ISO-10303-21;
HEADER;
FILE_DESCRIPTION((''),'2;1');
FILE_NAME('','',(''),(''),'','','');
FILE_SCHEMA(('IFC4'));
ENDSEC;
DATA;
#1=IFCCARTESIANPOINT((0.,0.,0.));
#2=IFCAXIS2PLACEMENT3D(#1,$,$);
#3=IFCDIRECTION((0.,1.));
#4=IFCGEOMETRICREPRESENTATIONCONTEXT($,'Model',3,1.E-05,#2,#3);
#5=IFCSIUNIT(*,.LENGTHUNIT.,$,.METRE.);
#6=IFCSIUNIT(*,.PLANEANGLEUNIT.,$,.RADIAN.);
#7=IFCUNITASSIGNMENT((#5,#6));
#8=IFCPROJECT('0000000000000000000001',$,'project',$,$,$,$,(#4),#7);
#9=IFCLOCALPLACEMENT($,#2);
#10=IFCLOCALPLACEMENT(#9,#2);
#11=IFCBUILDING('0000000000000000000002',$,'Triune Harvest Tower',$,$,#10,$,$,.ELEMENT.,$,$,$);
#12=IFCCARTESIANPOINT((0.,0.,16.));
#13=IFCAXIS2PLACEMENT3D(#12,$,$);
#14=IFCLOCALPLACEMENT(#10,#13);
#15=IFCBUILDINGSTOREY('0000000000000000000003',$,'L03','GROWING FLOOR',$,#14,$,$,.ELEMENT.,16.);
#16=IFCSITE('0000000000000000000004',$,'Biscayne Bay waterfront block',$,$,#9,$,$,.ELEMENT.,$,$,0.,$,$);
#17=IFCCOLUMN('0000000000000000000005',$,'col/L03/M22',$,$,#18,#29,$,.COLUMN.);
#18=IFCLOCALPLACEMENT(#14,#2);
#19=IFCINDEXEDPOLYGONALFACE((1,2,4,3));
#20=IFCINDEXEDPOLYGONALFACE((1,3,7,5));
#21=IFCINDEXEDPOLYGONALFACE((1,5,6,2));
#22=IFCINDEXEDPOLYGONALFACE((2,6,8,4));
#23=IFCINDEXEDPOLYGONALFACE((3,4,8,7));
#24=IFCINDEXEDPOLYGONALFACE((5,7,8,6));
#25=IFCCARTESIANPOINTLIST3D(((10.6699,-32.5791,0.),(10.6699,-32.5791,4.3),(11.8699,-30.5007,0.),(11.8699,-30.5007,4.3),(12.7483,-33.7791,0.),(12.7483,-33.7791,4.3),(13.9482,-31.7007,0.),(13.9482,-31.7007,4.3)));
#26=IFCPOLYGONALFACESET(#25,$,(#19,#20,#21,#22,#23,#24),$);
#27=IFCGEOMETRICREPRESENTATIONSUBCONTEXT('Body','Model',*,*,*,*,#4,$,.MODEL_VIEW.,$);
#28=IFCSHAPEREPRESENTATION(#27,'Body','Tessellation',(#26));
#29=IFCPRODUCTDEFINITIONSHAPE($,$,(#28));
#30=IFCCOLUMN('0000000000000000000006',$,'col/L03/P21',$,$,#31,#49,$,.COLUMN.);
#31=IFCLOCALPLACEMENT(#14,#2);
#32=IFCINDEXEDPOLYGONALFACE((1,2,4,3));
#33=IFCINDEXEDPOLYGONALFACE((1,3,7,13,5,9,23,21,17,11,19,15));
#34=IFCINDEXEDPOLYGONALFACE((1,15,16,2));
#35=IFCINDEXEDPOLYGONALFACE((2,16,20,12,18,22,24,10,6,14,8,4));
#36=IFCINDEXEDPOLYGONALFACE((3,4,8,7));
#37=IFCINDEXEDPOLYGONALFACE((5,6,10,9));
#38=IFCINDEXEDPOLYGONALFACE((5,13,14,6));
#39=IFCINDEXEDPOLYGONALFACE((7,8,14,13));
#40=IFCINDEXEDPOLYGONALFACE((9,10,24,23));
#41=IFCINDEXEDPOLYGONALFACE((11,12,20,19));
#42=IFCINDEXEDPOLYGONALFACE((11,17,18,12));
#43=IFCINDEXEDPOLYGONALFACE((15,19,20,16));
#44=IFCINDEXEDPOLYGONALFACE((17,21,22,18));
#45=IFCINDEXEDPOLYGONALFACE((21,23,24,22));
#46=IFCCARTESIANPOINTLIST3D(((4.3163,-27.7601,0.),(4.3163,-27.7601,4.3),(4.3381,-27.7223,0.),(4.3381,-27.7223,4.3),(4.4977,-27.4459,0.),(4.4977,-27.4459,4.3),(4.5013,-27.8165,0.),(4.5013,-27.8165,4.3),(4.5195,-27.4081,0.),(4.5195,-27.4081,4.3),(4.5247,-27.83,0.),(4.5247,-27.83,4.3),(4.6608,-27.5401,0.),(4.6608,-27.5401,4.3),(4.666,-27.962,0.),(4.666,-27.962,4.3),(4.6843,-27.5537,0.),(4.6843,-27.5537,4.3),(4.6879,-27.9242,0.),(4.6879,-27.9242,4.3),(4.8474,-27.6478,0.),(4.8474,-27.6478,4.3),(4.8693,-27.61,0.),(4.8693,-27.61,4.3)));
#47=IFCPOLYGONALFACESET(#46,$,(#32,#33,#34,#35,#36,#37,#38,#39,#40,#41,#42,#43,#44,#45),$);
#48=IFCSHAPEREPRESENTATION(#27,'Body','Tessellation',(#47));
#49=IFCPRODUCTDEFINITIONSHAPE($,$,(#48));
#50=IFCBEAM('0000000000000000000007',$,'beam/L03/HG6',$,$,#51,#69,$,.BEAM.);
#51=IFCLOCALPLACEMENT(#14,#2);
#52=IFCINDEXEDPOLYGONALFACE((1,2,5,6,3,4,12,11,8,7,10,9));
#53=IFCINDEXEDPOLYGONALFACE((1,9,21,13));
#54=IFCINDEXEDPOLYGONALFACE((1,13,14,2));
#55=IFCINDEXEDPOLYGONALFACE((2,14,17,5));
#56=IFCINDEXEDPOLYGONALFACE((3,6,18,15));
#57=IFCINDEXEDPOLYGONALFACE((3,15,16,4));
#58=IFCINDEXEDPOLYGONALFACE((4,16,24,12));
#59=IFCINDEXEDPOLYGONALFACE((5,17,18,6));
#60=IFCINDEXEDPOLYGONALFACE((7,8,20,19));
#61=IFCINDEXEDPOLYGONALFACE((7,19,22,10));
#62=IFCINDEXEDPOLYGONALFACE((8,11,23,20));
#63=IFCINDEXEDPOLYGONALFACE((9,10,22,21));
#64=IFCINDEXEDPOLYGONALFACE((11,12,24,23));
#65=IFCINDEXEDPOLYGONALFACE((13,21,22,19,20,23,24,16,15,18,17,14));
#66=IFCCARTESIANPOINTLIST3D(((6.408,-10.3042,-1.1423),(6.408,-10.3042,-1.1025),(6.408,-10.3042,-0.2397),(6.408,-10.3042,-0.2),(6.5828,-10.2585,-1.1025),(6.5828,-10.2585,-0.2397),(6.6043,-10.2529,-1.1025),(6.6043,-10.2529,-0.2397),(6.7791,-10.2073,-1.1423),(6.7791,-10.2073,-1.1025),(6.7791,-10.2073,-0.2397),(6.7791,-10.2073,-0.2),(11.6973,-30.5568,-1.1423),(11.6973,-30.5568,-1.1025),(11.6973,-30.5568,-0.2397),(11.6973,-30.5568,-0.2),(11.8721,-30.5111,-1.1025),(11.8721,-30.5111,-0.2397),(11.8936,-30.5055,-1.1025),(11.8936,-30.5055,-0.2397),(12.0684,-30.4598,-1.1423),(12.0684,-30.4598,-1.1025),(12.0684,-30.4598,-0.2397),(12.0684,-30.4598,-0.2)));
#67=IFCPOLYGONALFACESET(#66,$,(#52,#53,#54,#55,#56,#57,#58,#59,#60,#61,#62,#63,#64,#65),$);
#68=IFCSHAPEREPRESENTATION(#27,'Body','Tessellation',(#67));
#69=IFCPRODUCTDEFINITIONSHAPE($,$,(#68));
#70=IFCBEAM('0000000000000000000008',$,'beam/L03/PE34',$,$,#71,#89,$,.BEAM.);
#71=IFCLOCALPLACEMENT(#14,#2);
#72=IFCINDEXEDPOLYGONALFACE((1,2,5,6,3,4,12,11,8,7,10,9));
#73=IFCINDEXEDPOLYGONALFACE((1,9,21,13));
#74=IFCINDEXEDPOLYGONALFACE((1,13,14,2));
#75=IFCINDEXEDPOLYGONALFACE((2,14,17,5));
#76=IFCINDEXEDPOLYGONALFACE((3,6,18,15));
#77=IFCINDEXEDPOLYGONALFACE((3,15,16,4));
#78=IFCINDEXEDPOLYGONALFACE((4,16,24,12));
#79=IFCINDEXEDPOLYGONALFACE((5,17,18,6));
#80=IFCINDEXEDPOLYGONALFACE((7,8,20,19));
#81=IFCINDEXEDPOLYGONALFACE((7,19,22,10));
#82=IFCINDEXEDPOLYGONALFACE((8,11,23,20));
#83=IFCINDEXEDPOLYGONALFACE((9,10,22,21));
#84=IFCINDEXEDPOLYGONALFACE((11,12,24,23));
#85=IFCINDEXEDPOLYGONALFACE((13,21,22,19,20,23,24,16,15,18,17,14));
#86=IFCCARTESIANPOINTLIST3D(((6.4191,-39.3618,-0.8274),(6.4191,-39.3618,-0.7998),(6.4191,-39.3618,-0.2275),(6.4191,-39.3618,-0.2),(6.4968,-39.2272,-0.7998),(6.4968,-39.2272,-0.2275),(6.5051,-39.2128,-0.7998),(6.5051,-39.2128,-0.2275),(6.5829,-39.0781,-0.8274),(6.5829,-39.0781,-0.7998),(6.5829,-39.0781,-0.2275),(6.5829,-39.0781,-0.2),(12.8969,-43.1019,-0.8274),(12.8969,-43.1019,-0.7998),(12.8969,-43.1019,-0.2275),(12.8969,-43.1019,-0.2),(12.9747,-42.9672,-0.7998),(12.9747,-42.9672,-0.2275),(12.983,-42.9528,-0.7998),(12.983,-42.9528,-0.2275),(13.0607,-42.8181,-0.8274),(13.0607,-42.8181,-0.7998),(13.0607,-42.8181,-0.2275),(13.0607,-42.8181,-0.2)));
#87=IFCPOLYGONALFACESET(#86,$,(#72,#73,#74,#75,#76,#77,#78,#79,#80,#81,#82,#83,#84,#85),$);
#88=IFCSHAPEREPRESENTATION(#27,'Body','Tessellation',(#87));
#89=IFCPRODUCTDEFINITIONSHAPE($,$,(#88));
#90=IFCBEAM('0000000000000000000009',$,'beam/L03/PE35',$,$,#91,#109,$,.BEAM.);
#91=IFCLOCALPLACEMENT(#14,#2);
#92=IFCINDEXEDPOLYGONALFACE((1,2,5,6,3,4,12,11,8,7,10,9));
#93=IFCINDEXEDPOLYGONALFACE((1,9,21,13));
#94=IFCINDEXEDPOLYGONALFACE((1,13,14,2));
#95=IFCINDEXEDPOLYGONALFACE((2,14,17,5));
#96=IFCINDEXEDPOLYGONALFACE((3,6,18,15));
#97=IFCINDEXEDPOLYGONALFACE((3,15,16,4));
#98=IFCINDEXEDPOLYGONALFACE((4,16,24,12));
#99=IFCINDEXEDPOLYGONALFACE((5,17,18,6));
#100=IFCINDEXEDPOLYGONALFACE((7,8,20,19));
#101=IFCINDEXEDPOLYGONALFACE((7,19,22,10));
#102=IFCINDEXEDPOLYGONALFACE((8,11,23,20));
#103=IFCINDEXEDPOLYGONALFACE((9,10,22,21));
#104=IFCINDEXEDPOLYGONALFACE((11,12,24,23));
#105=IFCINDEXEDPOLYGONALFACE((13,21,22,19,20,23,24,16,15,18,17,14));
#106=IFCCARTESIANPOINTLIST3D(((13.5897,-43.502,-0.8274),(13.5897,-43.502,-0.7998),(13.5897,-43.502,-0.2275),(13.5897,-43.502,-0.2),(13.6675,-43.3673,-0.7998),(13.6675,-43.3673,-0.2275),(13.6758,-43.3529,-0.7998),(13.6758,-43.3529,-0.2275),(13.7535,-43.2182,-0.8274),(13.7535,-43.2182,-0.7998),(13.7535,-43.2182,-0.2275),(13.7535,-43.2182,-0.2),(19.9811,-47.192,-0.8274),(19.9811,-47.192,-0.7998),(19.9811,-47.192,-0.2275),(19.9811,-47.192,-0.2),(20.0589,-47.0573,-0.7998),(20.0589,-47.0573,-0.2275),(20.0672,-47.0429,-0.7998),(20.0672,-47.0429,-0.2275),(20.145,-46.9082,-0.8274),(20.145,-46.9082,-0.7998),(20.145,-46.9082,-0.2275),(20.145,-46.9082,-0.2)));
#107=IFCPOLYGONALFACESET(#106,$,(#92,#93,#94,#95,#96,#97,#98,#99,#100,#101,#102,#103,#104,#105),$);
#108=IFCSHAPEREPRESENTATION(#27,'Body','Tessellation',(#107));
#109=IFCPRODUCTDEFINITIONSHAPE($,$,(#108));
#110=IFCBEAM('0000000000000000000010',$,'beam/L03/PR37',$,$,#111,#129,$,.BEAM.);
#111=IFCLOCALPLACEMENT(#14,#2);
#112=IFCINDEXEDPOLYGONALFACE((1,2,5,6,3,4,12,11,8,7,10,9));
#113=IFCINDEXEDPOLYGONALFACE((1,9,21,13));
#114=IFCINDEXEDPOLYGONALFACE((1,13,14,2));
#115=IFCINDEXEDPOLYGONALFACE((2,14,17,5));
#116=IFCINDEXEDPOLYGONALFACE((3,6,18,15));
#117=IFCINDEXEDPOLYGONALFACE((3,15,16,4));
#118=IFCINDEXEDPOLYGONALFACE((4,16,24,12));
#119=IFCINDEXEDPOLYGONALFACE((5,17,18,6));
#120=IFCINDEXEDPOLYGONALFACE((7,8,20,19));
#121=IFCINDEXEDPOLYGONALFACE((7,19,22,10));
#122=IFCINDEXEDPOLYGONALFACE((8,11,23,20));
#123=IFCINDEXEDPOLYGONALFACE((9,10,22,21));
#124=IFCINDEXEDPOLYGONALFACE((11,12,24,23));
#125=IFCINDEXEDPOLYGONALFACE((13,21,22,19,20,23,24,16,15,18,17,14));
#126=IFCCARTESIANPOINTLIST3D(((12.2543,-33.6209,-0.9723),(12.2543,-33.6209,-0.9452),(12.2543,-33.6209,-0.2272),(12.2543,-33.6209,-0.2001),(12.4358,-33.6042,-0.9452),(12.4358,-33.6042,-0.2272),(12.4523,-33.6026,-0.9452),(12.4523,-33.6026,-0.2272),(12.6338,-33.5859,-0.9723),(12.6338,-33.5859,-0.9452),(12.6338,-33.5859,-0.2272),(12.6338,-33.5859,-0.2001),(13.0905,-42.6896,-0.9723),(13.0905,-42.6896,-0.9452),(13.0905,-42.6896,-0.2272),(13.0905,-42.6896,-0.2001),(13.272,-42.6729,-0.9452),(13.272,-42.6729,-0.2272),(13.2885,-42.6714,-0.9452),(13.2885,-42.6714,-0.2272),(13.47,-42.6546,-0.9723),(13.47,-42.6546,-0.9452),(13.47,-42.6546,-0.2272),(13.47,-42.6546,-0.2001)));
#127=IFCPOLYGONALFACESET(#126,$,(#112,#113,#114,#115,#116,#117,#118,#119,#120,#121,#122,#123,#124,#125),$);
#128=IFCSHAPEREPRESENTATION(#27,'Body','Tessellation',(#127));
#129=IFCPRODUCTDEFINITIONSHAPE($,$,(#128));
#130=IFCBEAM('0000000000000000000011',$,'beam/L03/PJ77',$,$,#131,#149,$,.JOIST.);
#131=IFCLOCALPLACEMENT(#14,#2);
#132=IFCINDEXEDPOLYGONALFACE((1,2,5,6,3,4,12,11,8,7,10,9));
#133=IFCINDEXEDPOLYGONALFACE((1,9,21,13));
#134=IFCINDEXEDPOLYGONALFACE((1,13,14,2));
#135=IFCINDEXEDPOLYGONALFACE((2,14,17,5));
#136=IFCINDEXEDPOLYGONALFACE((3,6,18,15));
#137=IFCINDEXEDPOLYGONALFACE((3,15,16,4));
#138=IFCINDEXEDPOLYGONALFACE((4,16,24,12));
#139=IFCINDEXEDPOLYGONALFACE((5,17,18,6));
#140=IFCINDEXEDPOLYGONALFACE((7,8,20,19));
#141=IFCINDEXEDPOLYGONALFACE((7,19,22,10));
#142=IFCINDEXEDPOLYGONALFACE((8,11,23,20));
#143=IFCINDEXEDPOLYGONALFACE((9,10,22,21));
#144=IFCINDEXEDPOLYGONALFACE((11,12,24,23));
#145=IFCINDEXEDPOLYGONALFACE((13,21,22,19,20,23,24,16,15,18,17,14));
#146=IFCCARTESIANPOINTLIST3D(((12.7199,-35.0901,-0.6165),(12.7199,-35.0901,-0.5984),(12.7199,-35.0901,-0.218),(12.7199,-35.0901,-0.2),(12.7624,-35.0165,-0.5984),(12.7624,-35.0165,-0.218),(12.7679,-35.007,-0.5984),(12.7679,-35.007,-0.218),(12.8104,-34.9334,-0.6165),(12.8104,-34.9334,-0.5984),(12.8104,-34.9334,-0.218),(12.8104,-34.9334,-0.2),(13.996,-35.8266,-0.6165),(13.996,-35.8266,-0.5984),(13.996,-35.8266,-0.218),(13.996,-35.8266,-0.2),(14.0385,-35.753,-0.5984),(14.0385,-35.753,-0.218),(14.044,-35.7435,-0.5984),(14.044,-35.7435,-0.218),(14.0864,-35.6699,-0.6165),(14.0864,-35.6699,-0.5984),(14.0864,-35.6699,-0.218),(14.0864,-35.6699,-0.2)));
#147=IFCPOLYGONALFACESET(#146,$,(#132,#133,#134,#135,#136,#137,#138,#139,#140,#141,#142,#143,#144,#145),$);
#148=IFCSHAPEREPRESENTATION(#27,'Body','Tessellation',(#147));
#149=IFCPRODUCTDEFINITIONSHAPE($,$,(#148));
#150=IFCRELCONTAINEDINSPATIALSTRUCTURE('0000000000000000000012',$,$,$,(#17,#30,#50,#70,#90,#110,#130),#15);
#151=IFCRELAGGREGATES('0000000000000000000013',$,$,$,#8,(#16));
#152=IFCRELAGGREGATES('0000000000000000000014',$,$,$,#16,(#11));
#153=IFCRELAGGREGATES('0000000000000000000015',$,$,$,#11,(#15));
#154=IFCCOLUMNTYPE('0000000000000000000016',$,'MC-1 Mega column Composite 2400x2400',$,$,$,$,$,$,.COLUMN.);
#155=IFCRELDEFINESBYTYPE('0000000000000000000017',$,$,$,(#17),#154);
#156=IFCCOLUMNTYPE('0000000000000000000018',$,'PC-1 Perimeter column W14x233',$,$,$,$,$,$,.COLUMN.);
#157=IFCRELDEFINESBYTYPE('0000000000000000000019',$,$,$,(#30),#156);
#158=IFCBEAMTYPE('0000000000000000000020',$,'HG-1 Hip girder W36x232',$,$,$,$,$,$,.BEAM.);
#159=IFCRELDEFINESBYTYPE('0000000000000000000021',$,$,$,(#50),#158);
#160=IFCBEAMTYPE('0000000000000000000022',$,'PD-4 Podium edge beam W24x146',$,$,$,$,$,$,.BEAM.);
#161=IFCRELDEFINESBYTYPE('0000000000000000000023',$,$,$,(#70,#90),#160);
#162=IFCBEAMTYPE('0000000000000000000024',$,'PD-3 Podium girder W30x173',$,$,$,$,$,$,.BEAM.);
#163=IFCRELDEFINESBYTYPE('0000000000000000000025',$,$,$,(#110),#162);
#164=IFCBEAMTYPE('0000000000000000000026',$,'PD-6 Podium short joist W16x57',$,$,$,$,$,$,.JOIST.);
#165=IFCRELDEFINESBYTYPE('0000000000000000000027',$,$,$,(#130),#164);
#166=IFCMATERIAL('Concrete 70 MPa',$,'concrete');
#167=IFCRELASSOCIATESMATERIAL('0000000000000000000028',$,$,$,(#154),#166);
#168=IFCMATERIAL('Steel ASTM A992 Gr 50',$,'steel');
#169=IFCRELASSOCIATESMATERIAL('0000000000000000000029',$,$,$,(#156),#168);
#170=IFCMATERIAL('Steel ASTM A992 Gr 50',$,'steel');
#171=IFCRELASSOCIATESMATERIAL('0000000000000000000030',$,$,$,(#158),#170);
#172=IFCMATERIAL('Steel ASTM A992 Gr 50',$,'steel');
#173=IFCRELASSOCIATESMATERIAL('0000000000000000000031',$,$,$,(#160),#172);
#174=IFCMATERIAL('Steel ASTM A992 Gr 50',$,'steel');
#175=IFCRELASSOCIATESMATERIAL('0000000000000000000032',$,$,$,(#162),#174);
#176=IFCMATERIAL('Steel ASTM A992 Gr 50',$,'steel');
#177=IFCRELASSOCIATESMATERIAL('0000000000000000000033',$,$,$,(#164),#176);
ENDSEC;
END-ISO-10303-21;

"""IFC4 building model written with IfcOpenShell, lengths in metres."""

from ifc_helpers import new_model, si_unit, direction, frame, origin, origin_2d, place, context, subcontext, project, spatial, rectangle, i_section, extrude, source, transform, mapped, material, material_profile, profile_set, type_object, element, save


model = new_model("IFC4")

# Units and contexts
model_context = context("Model", 3, precision=1e-05, world=origin(), true_north=direction((0.0, 1.0)))
body_context = subcontext(model_context, "Body", "Model", "MODEL_VIEW")
ifc_project = project(units=[si_unit("LENGTHUNIT", "METRE"), si_unit("PLANEANGLEUNIT", "RADIAN")], contexts=[model_context])

# Site, building, storey
site_placement = place(None, origin())
site = spatial("IfcSite", under=ifc_project, at=site_placement, Name="Biscayne Bay waterfront block", CompositionType="ELEMENT", RefElevation=0.0)
building_placement = place(site_placement, origin())
building = spatial("IfcBuilding", under=site, at=building_placement, Name="Triune Harvest Tower", CompositionType="ELEMENT")
storey_placement = place(building_placement, frame((0.0, 0.0, 16.0)))
storey = spatial("IfcBuildingStorey", under=building, at=storey_placement, Name="L03", Description="GROWING FLOOR", CompositionType="ELEMENT", Elevation=16.0)

# Columns
ifc_material_1 = material(Name="Concrete 70 MPa", Category="concrete")
ifc_material_profile_1 = material_profile(ifc_material_1, rectangle(XDim=2.3999, YDim=2.3999, at=origin_2d()), Name="Composite 2400x2400")
ifc_profile_set_1 = profile_set([ifc_material_profile_1], Name="Concrete 70 MPa")
column_type_1 = type_object("IfcColumnType", Name="MC-1 Mega column Composite 2400x2400", PredefinedType="COLUMN", material=ifc_profile_set_1)
shared_shape_1 = source(origin(), body_context, "Body", "SweptSolid", [
    extrude(rectangle(XDim=2.3999, YDim=2.3999, at=origin_2d()), origin(), (0.0, 0.0, 1.0), 4.3),
])
column_1_placement = place(storey_placement, frame((12.3091, -32.1399, 0.0), z_axis=(0.0, 0.0, 1.0), x_axis=(0.866025, -0.5, 0.0)))
element("IfcColumn", 1, at=column_1_placement, inside=storey, type_object=column_type_1, Name="col/L03/M22", PredefinedType="COLUMN", context=body_context, shape_type="MappedRepresentation", body=[
    mapped(shared_shape_1, transform((0.0, 0.0, 0.0), scale=1.0)),
])
ifc_material_2 = material(Name="Steel ASTM A992 Gr 50", Category="steel")
ifc_material_profile_2 = material_profile(ifc_material_2, i_section(OverallWidth=0.4038, OverallDepth=0.4065, WebThickness=0.0271, FlangeThickness=0.0437, at=origin_2d()), Name="W14x233")
ifc_profile_set_2 = profile_set([ifc_material_profile_2], Name="Steel ASTM A992 Gr 50")
column_type_2 = type_object("IfcColumnType", Name="PC-1 Perimeter column W14x233", PredefinedType="COLUMN", material=ifc_profile_set_2)
shared_shape_2 = source(origin(), body_context, "Body", "SweptSolid", [
    extrude(i_section(OverallWidth=0.4038, OverallDepth=0.4065, WebThickness=0.0271, FlangeThickness=0.0437, at=origin_2d()), origin(), (0.0, 0.0, 1.0), 4.3),
])
column_2_placement = place(storey_placement, frame((4.5928, -27.6851, 0.0), z_axis=(0.0, 0.0, 1.0), x_axis=(0.866025, -0.5, 0.0)))
element("IfcColumn", 2, at=column_2_placement, inside=storey, type_object=column_type_2, Name="col/L03/P21", PredefinedType="COLUMN", context=body_context, shape_type="MappedRepresentation", body=[
    mapped(shared_shape_2, transform((0.0, 0.0, 0.0), scale=1.0)),
])

# Beams
ifc_material_3 = material(Name="Steel ASTM A992 Gr 50", Category="steel")
ifc_material_profile_3 = material_profile(ifc_material_3, i_section(OverallWidth=0.3835, OverallDepth=0.9424, WebThickness=0.0222, FlangeThickness=0.0398, at=origin_2d()), Name="W36x232")
ifc_profile_set_3 = profile_set([ifc_material_profile_3], Name="Steel ASTM A992 Gr 50")
beam_type_1 = type_object("IfcBeamType", Name="HG-1 Hip girder W36x232", PredefinedType="BEAM", material=ifc_profile_set_3)
shared_shape_3 = source(origin(), body_context, "Body", "SweptSolid", [
    extrude(i_section(OverallWidth=0.3835, OverallDepth=0.9424, WebThickness=0.0222, FlangeThickness=0.0398, at=origin_2d()), origin(), (0.0, 0.0, 1.0), 20.9319),
])
beam_1_placement = place(storey_placement, frame((11.8828, -30.5083, -0.6711), z_axis=(-0.25269, 0.967547, 0.0), x_axis=(-0.967547, -0.25269, 0.0)))
element("IfcBeam", 3, at=beam_1_placement, inside=storey, type_object=beam_type_1, Name="beam/L03/HG6", PredefinedType="BEAM", context=body_context, shape_type="MappedRepresentation", body=[
    mapped(shared_shape_3, transform((0.0, 0.0, 0.0), scale=1.0)),
])
ifc_material_4 = material(Name="Steel ASTM A992 Gr 50", Category="steel")
ifc_material_profile_4 = material_profile(ifc_material_4, i_section(OverallWidth=0.3276, OverallDepth=0.6274, WebThickness=0.0166, FlangeThickness=0.0276, at=origin_2d()), Name="W24x146")
ifc_profile_set_4 = profile_set([ifc_material_profile_4], Name="Steel ASTM A992 Gr 50")
beam_type_2 = type_object("IfcBeamType", Name="PD-4 Podium edge beam W24x146", PredefinedType="BEAM", material=ifc_profile_set_4)
shared_shape_4 = source(origin(), body_context, "Body", "SweptSolid", [
    extrude(i_section(OverallWidth=0.3276, OverallDepth=0.6274, WebThickness=0.0166, FlangeThickness=0.0276, at=origin_2d()), origin(), (0.0, 0.0, 1.0), 7.48),
])
beam_2_placement = place(storey_placement, frame((6.501, -39.22, -0.5137), z_axis=(0.866023, -0.500004, 0.0), x_axis=(0.500004, 0.866023, 0.0)))
element("IfcBeam", 4, at=beam_2_placement, inside=storey, type_object=beam_type_2, Name="beam/L03/PE34", PredefinedType="BEAM", context=body_context, shape_type="MappedRepresentation", body=[
    mapped(shared_shape_4, transform((0.0, 0.0, 0.0), scale=1.0)),
])
shared_shape_5 = source(origin(), body_context, "Body", "SweptSolid", [
    extrude(i_section(OverallWidth=0.3276, OverallDepth=0.6274, WebThickness=0.0166, FlangeThickness=0.0276, at=origin_2d()), origin(), (0.0, 0.0, 1.0), 7.3801),
])
beam_3_placement = place(storey_placement, frame((13.6716, -43.3601, -0.5137), z_axis=(0.866032, -0.499989, 0.0), x_axis=(0.499989, 0.866032, 0.0)))
element("IfcBeam", 5, at=beam_3_placement, inside=storey, type_object=beam_type_2, Name="beam/L03/PE35", PredefinedType="BEAM", context=body_context, shape_type="MappedRepresentation", body=[
    mapped(shared_shape_5, transform((0.0, 0.0, 0.0), scale=1.0)),
])
ifc_material_5 = material(Name="Steel ASTM A992 Gr 50", Category="steel")
ifc_material_profile_5 = material_profile(ifc_material_5, i_section(OverallWidth=0.3811, OverallDepth=0.7722, WebThickness=0.0166, FlangeThickness=0.0271, at=origin_2d()), Name="W30x173")
ifc_profile_set_5 = profile_set([ifc_material_profile_5], Name="Steel ASTM A992 Gr 50")
beam_type_3 = type_object("IfcBeamType", Name="PD-3 Podium girder W30x173", PredefinedType="BEAM", material=ifc_profile_set_5)
shared_shape_6 = source(origin(), body_context, "Body", "SweptSolid", [
    extrude(i_section(OverallWidth=0.3811, OverallDepth=0.7722, WebThickness=0.0166, FlangeThickness=0.0271, at=origin_2d()), origin(), (0.0, 0.0, 1.0), 9.1072),
])
beam_4_placement = place(storey_placement, frame((13.2803, -42.6721, -0.5862), z_axis=(-0.091817, 0.995776, 0.0), x_axis=(-0.995776, -0.091817, 0.0)))
element("IfcBeam", 6, at=beam_4_placement, inside=storey, type_object=beam_type_3, Name="beam/L03/PR37", PredefinedType="BEAM", context=body_context, shape_type="MappedRepresentation", body=[
    mapped(shared_shape_6, transform((0.0, 0.0, 0.0), scale=1.0)),
])
ifc_material_6 = material(Name="Steel ASTM A992 Gr 50", Category="steel")
ifc_material_profile_6 = material_profile(ifc_material_6, i_section(OverallWidth=0.1809, OverallDepth=0.4165, WebThickness=0.011, FlangeThickness=0.0181, at=origin_2d()), Name="W16x57")
ifc_profile_set_6 = profile_set([ifc_material_profile_6], Name="Steel ASTM A992 Gr 50")
beam_type_4 = type_object("IfcBeamType", Name="PD-6 Podium short joist W16x57", PredefinedType="JOIST", material=ifc_profile_set_6)
shared_shape_7 = source(origin(), body_context, "Body", "SweptSolid", [
    extrude(i_section(OverallWidth=0.1809, OverallDepth=0.4165, WebThickness=0.011, FlangeThickness=0.0181, at=origin_2d()), origin(), (0.0, 0.0, 1.0), 1.4734),
])
beam_5_placement = place(storey_placement, frame((12.7651, -35.0117, -0.4082), z_axis=(0.866084, -0.499899, 0.0), x_axis=(0.499899, 0.866084, 0.0)))
element("IfcBeam", 7, at=beam_5_placement, inside=storey, type_object=beam_type_4, Name="beam/L03/PJ77", PredefinedType="JOIST", context=body_context, shape_type="MappedRepresentation", body=[
    mapped(shared_shape_7, transform((0.0, 0.0, 0.0), scale=1.0)),
])

save(model, "model.ifc")
